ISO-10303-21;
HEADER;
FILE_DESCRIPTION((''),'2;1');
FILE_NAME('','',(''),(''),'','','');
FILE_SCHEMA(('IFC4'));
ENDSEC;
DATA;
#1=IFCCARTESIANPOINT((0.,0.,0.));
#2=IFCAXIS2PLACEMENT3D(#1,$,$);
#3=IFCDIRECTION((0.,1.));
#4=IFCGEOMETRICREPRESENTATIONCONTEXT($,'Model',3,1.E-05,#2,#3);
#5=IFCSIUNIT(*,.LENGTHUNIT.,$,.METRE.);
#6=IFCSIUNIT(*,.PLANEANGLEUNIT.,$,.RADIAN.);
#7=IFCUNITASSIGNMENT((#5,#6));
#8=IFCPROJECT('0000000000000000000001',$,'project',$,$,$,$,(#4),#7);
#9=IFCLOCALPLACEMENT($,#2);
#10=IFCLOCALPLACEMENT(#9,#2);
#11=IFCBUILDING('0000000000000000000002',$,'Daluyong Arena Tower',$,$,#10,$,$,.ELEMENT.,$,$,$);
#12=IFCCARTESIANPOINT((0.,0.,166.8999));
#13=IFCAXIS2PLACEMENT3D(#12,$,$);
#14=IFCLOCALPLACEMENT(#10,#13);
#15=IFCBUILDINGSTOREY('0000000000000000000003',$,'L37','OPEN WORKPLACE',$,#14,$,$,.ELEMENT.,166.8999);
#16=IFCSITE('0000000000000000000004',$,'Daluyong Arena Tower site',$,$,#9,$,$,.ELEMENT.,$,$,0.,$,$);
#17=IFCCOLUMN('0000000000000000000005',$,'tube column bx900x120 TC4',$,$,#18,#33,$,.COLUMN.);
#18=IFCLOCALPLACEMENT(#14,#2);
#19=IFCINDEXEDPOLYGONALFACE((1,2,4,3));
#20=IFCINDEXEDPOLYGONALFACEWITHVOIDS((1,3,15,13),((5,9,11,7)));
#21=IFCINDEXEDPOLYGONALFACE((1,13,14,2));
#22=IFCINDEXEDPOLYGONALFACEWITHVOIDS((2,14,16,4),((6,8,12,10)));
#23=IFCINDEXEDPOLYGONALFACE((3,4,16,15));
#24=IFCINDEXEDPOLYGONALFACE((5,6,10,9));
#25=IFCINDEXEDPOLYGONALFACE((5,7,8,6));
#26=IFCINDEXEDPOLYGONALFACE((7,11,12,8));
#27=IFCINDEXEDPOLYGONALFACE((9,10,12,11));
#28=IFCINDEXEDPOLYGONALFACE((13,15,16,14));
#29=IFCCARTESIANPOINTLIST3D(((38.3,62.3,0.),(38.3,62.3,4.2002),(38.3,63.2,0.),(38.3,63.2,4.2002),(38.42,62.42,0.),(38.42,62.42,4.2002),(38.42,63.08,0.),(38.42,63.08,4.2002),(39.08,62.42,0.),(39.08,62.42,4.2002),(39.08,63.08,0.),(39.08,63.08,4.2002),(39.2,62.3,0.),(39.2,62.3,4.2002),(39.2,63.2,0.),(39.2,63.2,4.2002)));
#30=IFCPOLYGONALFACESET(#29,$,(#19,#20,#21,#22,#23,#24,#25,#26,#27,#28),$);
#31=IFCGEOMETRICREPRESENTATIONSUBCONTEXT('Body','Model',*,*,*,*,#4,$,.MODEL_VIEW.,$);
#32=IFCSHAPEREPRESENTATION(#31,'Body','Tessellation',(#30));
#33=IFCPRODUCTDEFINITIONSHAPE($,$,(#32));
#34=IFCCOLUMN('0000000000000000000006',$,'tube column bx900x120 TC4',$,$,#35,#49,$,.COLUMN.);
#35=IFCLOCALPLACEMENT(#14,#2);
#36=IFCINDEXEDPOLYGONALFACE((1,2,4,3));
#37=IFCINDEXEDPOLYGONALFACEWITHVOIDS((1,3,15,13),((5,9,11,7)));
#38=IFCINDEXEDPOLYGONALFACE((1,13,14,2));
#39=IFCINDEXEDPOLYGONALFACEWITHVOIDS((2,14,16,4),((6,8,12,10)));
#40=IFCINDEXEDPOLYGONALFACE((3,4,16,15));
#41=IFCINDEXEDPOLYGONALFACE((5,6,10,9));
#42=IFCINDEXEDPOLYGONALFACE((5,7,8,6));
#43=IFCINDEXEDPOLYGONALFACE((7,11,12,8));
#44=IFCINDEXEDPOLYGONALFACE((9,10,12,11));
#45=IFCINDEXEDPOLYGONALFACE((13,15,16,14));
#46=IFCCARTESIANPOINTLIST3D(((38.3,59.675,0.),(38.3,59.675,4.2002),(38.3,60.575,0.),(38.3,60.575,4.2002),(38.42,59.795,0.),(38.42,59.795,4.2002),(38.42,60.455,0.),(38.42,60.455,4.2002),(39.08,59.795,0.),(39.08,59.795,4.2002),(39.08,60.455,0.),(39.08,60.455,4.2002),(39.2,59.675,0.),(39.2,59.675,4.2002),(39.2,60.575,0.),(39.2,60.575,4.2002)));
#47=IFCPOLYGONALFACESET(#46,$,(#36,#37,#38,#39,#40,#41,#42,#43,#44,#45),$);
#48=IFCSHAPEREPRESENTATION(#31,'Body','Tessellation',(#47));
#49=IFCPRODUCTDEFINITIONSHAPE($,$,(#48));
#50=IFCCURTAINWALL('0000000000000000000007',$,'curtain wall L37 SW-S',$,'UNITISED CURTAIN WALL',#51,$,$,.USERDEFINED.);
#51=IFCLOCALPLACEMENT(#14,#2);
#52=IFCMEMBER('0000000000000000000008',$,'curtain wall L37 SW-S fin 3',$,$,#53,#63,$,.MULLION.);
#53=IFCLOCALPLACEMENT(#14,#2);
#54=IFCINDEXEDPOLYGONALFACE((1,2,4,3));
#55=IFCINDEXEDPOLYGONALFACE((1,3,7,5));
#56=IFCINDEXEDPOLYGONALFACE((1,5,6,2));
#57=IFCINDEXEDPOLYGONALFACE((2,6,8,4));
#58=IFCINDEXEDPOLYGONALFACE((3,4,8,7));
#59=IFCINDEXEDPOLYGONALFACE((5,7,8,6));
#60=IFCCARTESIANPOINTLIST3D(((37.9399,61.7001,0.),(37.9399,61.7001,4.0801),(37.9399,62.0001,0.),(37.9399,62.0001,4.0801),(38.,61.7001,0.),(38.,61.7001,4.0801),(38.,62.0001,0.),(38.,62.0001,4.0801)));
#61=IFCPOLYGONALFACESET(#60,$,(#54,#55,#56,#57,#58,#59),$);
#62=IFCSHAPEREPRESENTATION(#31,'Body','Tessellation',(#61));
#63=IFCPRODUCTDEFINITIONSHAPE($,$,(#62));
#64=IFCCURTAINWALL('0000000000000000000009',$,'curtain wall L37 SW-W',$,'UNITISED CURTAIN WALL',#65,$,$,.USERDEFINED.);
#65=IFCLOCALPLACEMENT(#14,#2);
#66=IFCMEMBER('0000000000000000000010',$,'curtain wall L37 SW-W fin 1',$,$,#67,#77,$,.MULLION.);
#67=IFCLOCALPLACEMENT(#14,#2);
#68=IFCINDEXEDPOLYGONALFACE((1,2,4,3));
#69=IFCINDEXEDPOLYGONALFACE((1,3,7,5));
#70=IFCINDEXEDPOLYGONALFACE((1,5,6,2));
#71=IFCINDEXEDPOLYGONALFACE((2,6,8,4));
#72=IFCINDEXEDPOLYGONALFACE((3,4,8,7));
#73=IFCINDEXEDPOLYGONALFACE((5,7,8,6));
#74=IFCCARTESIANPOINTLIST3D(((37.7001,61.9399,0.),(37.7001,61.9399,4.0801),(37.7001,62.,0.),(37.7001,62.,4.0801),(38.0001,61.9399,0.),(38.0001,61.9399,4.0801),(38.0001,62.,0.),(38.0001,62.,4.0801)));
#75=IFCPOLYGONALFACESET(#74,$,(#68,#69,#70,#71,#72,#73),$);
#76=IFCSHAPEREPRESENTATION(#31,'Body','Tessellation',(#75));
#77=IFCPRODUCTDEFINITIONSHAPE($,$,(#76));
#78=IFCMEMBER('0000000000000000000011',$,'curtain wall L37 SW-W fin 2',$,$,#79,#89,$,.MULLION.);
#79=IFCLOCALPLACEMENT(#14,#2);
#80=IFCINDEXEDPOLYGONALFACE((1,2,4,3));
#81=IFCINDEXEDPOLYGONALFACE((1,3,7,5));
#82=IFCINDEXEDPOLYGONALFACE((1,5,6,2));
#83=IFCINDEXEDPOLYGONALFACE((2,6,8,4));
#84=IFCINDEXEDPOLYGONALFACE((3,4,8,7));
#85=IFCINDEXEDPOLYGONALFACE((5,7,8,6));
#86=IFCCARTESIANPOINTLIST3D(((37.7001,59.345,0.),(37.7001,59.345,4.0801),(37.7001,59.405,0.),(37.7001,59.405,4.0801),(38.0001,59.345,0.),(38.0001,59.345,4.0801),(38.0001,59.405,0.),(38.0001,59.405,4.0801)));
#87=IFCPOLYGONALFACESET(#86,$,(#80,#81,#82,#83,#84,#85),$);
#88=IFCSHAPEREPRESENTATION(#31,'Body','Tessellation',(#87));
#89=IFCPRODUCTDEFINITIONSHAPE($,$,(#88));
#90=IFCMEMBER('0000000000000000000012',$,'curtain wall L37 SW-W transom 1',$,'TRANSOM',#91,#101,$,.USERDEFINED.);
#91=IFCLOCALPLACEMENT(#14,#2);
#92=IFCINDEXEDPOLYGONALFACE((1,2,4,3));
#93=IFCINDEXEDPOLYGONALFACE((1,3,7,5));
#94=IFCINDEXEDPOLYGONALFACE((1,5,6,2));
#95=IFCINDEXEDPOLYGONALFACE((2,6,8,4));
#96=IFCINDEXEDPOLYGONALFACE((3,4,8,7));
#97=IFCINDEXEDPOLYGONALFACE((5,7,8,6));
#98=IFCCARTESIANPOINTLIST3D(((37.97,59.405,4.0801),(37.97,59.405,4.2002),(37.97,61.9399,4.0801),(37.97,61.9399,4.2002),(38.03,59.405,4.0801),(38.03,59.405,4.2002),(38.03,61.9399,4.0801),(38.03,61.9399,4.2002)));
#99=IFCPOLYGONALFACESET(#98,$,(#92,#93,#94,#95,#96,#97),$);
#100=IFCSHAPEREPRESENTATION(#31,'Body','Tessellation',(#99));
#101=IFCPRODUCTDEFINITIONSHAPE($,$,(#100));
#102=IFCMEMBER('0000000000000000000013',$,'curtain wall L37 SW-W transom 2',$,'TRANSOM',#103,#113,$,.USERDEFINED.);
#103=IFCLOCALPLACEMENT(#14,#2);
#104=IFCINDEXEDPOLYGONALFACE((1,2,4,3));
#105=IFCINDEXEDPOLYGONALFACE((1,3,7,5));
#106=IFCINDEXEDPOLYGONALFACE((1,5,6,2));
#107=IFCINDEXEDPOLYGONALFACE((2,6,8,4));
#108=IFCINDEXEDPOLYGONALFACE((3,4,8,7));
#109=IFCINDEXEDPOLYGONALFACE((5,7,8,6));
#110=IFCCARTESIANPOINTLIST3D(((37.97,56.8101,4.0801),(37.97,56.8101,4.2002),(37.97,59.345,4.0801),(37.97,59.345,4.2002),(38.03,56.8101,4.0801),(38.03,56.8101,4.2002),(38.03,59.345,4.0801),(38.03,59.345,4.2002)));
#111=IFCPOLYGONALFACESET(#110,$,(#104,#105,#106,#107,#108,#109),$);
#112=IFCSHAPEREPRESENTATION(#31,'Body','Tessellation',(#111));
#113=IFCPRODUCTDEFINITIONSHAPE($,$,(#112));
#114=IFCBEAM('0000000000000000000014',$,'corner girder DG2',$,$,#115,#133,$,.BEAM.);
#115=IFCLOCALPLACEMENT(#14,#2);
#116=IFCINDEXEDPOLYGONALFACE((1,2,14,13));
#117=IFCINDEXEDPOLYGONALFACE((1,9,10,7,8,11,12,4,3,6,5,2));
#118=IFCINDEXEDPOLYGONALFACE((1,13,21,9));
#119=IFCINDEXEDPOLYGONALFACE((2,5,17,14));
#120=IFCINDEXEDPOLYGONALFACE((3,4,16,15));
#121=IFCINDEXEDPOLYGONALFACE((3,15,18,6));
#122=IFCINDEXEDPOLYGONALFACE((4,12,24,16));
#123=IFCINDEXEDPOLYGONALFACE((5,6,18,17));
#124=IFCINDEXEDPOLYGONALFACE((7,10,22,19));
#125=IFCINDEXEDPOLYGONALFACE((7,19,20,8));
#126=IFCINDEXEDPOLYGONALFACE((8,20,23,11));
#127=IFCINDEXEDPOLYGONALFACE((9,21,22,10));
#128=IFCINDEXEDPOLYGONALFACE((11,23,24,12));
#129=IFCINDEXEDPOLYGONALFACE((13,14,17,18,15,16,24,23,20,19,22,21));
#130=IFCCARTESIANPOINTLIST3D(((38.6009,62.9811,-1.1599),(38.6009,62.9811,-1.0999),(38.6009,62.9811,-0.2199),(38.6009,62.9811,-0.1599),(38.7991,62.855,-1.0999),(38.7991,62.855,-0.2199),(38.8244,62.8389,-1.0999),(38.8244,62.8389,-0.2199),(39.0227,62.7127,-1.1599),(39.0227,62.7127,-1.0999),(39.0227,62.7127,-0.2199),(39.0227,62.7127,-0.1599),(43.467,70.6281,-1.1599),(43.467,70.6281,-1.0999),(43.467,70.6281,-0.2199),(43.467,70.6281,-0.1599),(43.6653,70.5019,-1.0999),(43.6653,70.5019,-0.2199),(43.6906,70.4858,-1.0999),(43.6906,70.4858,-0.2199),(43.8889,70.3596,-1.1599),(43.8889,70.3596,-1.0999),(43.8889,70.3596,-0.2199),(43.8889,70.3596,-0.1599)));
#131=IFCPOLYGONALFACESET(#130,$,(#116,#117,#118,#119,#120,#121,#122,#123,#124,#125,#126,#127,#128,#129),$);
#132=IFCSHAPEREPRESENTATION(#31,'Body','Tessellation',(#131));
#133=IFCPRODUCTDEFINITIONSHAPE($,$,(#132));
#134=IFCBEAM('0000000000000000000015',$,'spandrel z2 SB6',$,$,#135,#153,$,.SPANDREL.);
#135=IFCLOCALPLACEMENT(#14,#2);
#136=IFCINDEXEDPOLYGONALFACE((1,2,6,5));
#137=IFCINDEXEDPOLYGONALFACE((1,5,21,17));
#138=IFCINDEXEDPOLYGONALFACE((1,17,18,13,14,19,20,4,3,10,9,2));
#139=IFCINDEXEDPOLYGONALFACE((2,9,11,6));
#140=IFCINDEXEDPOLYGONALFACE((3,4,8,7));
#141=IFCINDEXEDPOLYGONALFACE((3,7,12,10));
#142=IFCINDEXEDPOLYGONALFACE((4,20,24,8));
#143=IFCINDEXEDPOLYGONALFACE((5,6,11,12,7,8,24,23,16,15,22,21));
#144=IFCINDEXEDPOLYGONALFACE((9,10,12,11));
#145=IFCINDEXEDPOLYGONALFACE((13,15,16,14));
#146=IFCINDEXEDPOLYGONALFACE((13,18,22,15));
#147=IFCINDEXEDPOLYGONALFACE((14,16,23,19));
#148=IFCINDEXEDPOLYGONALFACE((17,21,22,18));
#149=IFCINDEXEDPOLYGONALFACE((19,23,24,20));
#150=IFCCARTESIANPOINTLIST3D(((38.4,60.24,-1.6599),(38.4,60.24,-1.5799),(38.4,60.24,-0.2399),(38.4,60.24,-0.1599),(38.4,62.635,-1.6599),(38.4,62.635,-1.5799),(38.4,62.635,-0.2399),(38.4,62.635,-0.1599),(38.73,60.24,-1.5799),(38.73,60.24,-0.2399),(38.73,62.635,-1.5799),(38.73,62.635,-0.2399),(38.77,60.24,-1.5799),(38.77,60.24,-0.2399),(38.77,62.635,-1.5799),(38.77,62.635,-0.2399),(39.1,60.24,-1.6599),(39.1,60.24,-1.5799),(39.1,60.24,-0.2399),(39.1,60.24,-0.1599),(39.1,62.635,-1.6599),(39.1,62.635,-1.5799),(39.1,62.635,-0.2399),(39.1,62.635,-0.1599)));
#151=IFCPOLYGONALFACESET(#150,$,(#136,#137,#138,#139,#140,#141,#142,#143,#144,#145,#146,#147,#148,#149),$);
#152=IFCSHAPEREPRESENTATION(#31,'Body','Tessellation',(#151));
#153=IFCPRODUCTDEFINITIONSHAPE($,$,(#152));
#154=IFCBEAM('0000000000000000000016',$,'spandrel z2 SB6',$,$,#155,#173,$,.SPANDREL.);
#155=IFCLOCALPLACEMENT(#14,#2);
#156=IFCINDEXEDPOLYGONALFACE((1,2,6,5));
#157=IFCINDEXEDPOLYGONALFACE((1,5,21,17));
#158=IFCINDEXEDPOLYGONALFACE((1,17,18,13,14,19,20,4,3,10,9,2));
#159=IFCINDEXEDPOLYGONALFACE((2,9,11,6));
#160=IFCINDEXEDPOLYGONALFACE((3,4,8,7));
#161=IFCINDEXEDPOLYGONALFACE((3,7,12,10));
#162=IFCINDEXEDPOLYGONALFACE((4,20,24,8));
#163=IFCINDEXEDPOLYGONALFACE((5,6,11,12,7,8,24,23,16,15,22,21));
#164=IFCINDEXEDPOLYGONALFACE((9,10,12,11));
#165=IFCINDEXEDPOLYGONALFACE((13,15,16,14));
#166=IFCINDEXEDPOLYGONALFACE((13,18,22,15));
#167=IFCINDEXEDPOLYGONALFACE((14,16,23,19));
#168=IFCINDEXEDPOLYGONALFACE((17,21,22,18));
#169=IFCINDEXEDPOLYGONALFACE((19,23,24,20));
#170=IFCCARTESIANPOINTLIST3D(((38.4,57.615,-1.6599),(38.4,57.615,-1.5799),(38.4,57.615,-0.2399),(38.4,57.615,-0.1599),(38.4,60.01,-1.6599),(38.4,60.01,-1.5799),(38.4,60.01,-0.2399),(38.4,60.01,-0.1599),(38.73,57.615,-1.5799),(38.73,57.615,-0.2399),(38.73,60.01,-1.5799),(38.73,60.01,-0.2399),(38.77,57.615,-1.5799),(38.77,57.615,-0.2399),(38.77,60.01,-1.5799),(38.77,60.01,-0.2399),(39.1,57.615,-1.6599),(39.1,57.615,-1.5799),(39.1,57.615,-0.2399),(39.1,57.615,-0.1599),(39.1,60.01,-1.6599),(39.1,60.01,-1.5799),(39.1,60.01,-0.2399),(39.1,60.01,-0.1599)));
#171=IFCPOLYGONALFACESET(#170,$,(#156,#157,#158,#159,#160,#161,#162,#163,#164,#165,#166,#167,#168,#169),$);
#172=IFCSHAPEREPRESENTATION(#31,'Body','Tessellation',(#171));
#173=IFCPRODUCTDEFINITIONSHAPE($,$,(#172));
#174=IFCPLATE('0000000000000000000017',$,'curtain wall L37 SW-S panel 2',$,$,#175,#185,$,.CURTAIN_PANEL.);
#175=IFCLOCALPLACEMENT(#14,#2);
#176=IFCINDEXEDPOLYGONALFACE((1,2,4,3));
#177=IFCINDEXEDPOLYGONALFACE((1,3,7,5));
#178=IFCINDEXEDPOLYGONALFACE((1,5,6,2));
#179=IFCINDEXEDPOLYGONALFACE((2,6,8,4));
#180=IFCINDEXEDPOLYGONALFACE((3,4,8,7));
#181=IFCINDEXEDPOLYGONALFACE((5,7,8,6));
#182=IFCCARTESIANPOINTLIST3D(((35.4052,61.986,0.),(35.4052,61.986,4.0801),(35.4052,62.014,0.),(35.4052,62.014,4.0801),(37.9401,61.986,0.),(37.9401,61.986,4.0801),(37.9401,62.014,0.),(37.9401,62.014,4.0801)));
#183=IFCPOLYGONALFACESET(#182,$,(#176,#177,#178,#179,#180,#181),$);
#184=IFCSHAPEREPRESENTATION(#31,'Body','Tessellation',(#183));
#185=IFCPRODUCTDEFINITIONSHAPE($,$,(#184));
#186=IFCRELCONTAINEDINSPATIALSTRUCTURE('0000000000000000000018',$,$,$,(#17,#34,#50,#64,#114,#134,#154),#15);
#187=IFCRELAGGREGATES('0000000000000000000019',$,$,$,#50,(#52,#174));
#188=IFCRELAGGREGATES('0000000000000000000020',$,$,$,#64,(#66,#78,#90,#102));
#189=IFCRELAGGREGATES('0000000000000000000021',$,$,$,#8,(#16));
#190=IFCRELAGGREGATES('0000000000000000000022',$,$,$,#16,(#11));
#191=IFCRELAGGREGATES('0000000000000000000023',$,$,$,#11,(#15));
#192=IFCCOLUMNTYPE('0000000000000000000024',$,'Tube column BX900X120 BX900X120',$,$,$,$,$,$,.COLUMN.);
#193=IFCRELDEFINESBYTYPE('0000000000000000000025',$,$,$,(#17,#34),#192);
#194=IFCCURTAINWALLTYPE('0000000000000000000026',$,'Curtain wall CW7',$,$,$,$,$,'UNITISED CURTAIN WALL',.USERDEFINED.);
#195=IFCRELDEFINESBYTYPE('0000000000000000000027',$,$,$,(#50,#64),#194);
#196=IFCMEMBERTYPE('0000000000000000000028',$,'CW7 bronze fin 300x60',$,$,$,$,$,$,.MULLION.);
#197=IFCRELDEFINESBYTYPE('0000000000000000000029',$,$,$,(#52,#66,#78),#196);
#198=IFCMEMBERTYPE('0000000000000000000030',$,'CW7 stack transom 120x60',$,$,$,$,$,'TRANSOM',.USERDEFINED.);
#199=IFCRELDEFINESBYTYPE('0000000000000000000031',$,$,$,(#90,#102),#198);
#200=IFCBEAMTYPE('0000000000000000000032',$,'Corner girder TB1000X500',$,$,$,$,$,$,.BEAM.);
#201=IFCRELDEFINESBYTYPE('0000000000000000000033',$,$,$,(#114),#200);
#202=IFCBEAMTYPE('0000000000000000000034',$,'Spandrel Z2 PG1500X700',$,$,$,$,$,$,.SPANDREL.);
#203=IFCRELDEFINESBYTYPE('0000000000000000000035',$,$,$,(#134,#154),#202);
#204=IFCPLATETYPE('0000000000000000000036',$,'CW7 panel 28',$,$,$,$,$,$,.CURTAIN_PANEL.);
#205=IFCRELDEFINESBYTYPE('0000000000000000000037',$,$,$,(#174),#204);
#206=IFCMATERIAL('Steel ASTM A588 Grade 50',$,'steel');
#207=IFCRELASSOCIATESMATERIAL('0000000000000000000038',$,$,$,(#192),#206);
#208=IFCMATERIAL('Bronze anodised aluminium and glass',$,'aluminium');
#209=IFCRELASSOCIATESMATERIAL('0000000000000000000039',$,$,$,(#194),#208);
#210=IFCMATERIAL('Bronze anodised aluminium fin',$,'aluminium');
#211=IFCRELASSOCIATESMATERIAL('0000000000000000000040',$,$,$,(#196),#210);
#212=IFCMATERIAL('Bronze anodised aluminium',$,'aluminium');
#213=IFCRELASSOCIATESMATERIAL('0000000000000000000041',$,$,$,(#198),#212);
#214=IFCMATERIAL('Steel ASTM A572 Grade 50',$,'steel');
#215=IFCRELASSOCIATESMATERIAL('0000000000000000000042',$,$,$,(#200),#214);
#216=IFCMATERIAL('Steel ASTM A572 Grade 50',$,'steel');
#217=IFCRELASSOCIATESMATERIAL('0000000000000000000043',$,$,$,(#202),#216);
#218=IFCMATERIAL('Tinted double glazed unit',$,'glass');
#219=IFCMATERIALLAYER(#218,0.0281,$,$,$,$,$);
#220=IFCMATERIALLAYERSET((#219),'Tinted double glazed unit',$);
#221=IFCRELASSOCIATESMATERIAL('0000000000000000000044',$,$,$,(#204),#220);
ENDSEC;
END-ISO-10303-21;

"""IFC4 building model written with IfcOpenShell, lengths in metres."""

from ifc_helpers import new_model, si_unit, direction, frame, origin, origin_2d, place, context, subcontext, project, spatial, rectangle, hollow_rectangle, i_section, extrude, material, layer, layer_set, material_profile, profile_set, type_object, element, aggregate, save


model = new_model("IFC4")

# Units and contexts
model_context = context("Model", 3, precision=1e-05, world=origin(), true_north=direction((0.0, 1.0)))
body_context = subcontext(model_context, "Body", "Model", "MODEL_VIEW")
ifc_project = project(units=[si_unit("LENGTHUNIT", "METRE"), si_unit("PLANEANGLEUNIT", "RADIAN")], contexts=[model_context])

# Site, building, storey
site_placement = place(None, origin())
site = spatial("IfcSite", under=ifc_project, at=site_placement, Name="Daluyong Arena Tower site", CompositionType="ELEMENT", RefElevation=0.0)
building_placement = place(site_placement, origin())
building = spatial("IfcBuilding", under=site, at=building_placement, Name="Daluyong Arena Tower", CompositionType="ELEMENT")
storey_placement = place(building_placement, frame((0.0, 0.0, 166.8999)))
storey = spatial("IfcBuildingStorey", under=building, at=storey_placement, Name="L37", Description="OPEN WORKPLACE", CompositionType="ELEMENT", Elevation=166.8999)

# Columns
ifc_material_1 = material(Name="Steel ASTM A588 Grade 50", Category="steel")
ifc_material_profile_1 = material_profile(ifc_material_1, hollow_rectangle(XDim=0.8999, YDim=0.8999, WallThickness=0.12, at=origin_2d()))
ifc_profile_set_1 = profile_set([ifc_material_profile_1], Name="Steel ASTM A588 Grade 50")
column_type = type_object("IfcColumnType", Name="Tube column BX900X120 BX900X120", PredefinedType="COLUMN", material=ifc_profile_set_1)
for number, where, z_axis, x_axis, name in (
    (1, (38.75, 62.75, 0.0), (0.0, 0.0, 1.0), (0.0, 1.0, 0.0), "tube column bx900x120 TC4"),
    (2, (38.75, 60.125, 0.0), (0.0, 0.0, 1.0), (0.0, 1.0, 0.0), "tube column bx900x120 TC4"),
):
    element("IfcColumn", number, at=place(storey_placement, frame(where, z_axis=z_axis, x_axis=x_axis)), inside=storey, type_object=column_type, Name=name, PredefinedType="COLUMN", context=body_context, shape_type="SweptSolid", body=[
        extrude(hollow_rectangle(XDim=0.8999, YDim=0.8999, WallThickness=0.12, at=origin_2d()), origin(), (0.0, 0.0, 1.0), 4.2002),
    ])

# Curtain wall, member
ifc_material_2 = material(Name="Bronze anodised aluminium and glass", Category="aluminium")
curtain_wall_type = type_object("IfcCurtainWallType", Name="Curtain wall CW7", ElementType="UNITISED CURTAIN WALL", PredefinedType="USERDEFINED", material=ifc_material_2)
curtain_wall_1_placement = place(storey_placement, origin())
curtain_wall_1 = element("IfcCurtainWall", 3, at=curtain_wall_1_placement, inside=storey, type_object=curtain_wall_type, Name="curtain wall L37 SW-S", ObjectType="UNITISED CURTAIN WALL", PredefinedType="USERDEFINED")
ifc_material_3 = material(Name="Bronze anodised aluminium fin", Category="aluminium")
ifc_material_profile_2 = material_profile(ifc_material_3, rectangle(XDim=0.3, YDim=0.0601, at=origin_2d()))
ifc_profile_set_2 = profile_set([ifc_material_profile_2], Name="Bronze anodised aluminium fin")
member_type_1 = type_object("IfcMemberType", Name="CW7 bronze fin 300x60", PredefinedType="MULLION", material=ifc_profile_set_2)
member_1_placement = place(storey_placement, frame((37.97, 61.8501, 0.0), z_axis=(0.0, 0.0, 1.0), x_axis=(0.0, 1.0, 0.0)))
member_1 = element("IfcMember", 4, at=member_1_placement, type_object=member_type_1, Name="curtain wall L37 SW-S fin 3", PredefinedType="MULLION", context=body_context, shape_type="SweptSolid", body=[
    extrude(rectangle(XDim=0.3, YDim=0.0601, at=origin_2d()), origin(), (0.0, 0.0, 1.0), 4.0801),
])

# Curtain wall, members
curtain_wall_2_placement = place(storey_placement, origin())
curtain_wall_2 = element("IfcCurtainWall", 5, at=curtain_wall_2_placement, inside=storey, type_object=curtain_wall_type, Name="curtain wall L37 SW-W", ObjectType="UNITISED CURTAIN WALL", PredefinedType="USERDEFINED")
member_2_placement = place(storey_placement, frame((37.8501, 61.97, 0.0), z_axis=(0.0, 0.0, 1.0), x_axis=(1.0, 0.0, 0.0)))
member_2 = element("IfcMember", 6, at=member_2_placement, type_object=member_type_1, Name="curtain wall L37 SW-W fin 1", PredefinedType="MULLION", context=body_context, shape_type="SweptSolid", body=[
    extrude(rectangle(XDim=0.3, YDim=0.0601, at=origin_2d()), origin(), (0.0, 0.0, 1.0), 4.0801),
])
member_3_placement = place(storey_placement, frame((37.8501, 59.375, 0.0), z_axis=(0.0, 0.0, 1.0), x_axis=(1.0, 0.0, 0.0)))
member_3 = element("IfcMember", 7, at=member_3_placement, type_object=member_type_1, Name="curtain wall L37 SW-W fin 2", PredefinedType="MULLION", context=body_context, shape_type="SweptSolid", body=[
    extrude(rectangle(XDim=0.3, YDim=0.0601, at=origin_2d()), origin(), (0.0, 0.0, 1.0), 4.0801),
])
ifc_material_4 = material(Name="Bronze anodised aluminium", Category="aluminium")
ifc_material_profile_3 = material_profile(ifc_material_4, rectangle(XDim=0.0601, YDim=0.1201, at=origin_2d()))
ifc_profile_set_3 = profile_set([ifc_material_profile_3], Name="Bronze anodised aluminium")
member_type_2 = type_object("IfcMemberType", Name="CW7 stack transom 120x60", ElementType="TRANSOM", PredefinedType="USERDEFINED", material=ifc_profile_set_3)
member_4_placement = place(storey_placement, frame((38.0, 61.9399, 4.1401), z_axis=(0.0, -1.0, 0.0), x_axis=(1.0, 0.0, 0.0)))
member_4 = element("IfcMember", 8, at=member_4_placement, type_object=member_type_2, Name="curtain wall L37 SW-W transom 1", ObjectType="TRANSOM", PredefinedType="USERDEFINED", context=body_context, shape_type="SweptSolid", body=[
    extrude(rectangle(XDim=0.0601, YDim=0.1201, at=origin_2d()), origin(), (0.0, 0.0, 1.0), 2.5349),
])
member_5_placement = place(storey_placement, frame((38.0, 59.345, 4.1401), z_axis=(0.0, -1.0, 0.0), x_axis=(1.0, 0.0, 0.0)))
member_5 = element("IfcMember", 9, at=member_5_placement, type_object=member_type_2, Name="curtain wall L37 SW-W transom 2", ObjectType="TRANSOM", PredefinedType="USERDEFINED", context=body_context, shape_type="SweptSolid", body=[
    extrude(rectangle(XDim=0.0601, YDim=0.1201, at=origin_2d()), origin(), (0.0, 0.0, 1.0), 2.5349),
])

# Beams
ifc_material_5 = material(Name="Steel ASTM A572 Grade 50", Category="steel")
ifc_material_profile_4 = material_profile(ifc_material_5, i_section(OverallWidth=0.5, OverallDepth=1.0, WebThickness=0.03, FlangeThickness=0.06, at=origin_2d()))
ifc_profile_set_4 = profile_set([ifc_material_profile_4], Name="Steel ASTM A572 Grade 50")
beam_type_1 = type_object("IfcBeamType", Name="Corner girder TB1000X500", PredefinedType="BEAM", material=ifc_profile_set_4)
beam_placement = place(storey_placement, frame((38.8118, 62.8469, -0.6599), z_axis=(0.536872, 0.843664, 0.0), x_axis=(-0.843664, 0.536872, 0.0)))
element("IfcBeam", 10, at=beam_placement, inside=storey, type_object=beam_type_1, Name="corner girder DG2", PredefinedType="BEAM", context=body_context, shape_type="SweptSolid", body=[
    extrude(i_section(OverallWidth=0.5, OverallDepth=1.0, WebThickness=0.03, FlangeThickness=0.06, at=origin_2d()), origin(), (0.0, 0.0, 1.0), 9.064),
])
ifc_material_6 = material(Name="Steel ASTM A572 Grade 50", Category="steel")
ifc_material_profile_5 = material_profile(ifc_material_6, i_section(OverallWidth=0.7, OverallDepth=1.5, WebThickness=0.04, FlangeThickness=0.08, at=origin_2d()))
ifc_profile_set_5 = profile_set([ifc_material_profile_5], Name="Steel ASTM A572 Grade 50")
beam_type_2 = type_object("IfcBeamType", Name="Spandrel Z2 PG1500X700", PredefinedType="SPANDREL", material=ifc_profile_set_5)
for number, where, z_axis, x_axis, name in (
    (11, (38.75, 62.635, -0.9099), (0.0, -1.0, 0.0), (1.0, 0.0, 0.0), "spandrel z2 SB6"),
    (12, (38.75, 60.01, -0.9099), (0.0, -1.0, 0.0), (1.0, 0.0, 0.0), "spandrel z2 SB6"),
):
    element("IfcBeam", number, at=place(storey_placement, frame(where, z_axis=z_axis, x_axis=x_axis)), inside=storey, type_object=beam_type_2, Name=name, PredefinedType="SPANDREL", context=body_context, shape_type="SweptSolid", body=[
        extrude(i_section(OverallWidth=0.7, OverallDepth=1.5, WebThickness=0.04, FlangeThickness=0.08, at=origin_2d()), origin(), (0.0, 0.0, 1.0), 2.395),
    ])

# Plate
ifc_material_7 = material(Name="Tinted double glazed unit", Category="glass")
ifc_layer_1 = layer(ifc_material_7, 0.0281)
ifc_layer_set_1 = layer_set([ifc_layer_1], Name="Tinted double glazed unit")
plate_type = type_object("IfcPlateType", Name="CW7 panel 28", PredefinedType="CURTAIN_PANEL", material=ifc_layer_set_1)
plate_1_placement = place(storey_placement, frame((36.6726, 62.0, 0.0), z_axis=(0.0, 0.0, 1.0), x_axis=(1.0, 0.0, 0.0)))
plate_1 = element("IfcPlate", 13, at=plate_1_placement, type_object=plate_type, Name="curtain wall L37 SW-S panel 2", PredefinedType="CURTAIN_PANEL", context=body_context, shape_type="SweptSolid", body=[
    extrude(rectangle(XDim=2.5349, YDim=0.0281, at=origin_2d()), origin(), (0.0, 0.0, 1.0), 4.0801),
])
aggregate(curtain_wall_1, [member_1, plate_1])
aggregate(curtain_wall_2, [member_2, member_3, member_4, member_5])

save(model, "model.ifc")
